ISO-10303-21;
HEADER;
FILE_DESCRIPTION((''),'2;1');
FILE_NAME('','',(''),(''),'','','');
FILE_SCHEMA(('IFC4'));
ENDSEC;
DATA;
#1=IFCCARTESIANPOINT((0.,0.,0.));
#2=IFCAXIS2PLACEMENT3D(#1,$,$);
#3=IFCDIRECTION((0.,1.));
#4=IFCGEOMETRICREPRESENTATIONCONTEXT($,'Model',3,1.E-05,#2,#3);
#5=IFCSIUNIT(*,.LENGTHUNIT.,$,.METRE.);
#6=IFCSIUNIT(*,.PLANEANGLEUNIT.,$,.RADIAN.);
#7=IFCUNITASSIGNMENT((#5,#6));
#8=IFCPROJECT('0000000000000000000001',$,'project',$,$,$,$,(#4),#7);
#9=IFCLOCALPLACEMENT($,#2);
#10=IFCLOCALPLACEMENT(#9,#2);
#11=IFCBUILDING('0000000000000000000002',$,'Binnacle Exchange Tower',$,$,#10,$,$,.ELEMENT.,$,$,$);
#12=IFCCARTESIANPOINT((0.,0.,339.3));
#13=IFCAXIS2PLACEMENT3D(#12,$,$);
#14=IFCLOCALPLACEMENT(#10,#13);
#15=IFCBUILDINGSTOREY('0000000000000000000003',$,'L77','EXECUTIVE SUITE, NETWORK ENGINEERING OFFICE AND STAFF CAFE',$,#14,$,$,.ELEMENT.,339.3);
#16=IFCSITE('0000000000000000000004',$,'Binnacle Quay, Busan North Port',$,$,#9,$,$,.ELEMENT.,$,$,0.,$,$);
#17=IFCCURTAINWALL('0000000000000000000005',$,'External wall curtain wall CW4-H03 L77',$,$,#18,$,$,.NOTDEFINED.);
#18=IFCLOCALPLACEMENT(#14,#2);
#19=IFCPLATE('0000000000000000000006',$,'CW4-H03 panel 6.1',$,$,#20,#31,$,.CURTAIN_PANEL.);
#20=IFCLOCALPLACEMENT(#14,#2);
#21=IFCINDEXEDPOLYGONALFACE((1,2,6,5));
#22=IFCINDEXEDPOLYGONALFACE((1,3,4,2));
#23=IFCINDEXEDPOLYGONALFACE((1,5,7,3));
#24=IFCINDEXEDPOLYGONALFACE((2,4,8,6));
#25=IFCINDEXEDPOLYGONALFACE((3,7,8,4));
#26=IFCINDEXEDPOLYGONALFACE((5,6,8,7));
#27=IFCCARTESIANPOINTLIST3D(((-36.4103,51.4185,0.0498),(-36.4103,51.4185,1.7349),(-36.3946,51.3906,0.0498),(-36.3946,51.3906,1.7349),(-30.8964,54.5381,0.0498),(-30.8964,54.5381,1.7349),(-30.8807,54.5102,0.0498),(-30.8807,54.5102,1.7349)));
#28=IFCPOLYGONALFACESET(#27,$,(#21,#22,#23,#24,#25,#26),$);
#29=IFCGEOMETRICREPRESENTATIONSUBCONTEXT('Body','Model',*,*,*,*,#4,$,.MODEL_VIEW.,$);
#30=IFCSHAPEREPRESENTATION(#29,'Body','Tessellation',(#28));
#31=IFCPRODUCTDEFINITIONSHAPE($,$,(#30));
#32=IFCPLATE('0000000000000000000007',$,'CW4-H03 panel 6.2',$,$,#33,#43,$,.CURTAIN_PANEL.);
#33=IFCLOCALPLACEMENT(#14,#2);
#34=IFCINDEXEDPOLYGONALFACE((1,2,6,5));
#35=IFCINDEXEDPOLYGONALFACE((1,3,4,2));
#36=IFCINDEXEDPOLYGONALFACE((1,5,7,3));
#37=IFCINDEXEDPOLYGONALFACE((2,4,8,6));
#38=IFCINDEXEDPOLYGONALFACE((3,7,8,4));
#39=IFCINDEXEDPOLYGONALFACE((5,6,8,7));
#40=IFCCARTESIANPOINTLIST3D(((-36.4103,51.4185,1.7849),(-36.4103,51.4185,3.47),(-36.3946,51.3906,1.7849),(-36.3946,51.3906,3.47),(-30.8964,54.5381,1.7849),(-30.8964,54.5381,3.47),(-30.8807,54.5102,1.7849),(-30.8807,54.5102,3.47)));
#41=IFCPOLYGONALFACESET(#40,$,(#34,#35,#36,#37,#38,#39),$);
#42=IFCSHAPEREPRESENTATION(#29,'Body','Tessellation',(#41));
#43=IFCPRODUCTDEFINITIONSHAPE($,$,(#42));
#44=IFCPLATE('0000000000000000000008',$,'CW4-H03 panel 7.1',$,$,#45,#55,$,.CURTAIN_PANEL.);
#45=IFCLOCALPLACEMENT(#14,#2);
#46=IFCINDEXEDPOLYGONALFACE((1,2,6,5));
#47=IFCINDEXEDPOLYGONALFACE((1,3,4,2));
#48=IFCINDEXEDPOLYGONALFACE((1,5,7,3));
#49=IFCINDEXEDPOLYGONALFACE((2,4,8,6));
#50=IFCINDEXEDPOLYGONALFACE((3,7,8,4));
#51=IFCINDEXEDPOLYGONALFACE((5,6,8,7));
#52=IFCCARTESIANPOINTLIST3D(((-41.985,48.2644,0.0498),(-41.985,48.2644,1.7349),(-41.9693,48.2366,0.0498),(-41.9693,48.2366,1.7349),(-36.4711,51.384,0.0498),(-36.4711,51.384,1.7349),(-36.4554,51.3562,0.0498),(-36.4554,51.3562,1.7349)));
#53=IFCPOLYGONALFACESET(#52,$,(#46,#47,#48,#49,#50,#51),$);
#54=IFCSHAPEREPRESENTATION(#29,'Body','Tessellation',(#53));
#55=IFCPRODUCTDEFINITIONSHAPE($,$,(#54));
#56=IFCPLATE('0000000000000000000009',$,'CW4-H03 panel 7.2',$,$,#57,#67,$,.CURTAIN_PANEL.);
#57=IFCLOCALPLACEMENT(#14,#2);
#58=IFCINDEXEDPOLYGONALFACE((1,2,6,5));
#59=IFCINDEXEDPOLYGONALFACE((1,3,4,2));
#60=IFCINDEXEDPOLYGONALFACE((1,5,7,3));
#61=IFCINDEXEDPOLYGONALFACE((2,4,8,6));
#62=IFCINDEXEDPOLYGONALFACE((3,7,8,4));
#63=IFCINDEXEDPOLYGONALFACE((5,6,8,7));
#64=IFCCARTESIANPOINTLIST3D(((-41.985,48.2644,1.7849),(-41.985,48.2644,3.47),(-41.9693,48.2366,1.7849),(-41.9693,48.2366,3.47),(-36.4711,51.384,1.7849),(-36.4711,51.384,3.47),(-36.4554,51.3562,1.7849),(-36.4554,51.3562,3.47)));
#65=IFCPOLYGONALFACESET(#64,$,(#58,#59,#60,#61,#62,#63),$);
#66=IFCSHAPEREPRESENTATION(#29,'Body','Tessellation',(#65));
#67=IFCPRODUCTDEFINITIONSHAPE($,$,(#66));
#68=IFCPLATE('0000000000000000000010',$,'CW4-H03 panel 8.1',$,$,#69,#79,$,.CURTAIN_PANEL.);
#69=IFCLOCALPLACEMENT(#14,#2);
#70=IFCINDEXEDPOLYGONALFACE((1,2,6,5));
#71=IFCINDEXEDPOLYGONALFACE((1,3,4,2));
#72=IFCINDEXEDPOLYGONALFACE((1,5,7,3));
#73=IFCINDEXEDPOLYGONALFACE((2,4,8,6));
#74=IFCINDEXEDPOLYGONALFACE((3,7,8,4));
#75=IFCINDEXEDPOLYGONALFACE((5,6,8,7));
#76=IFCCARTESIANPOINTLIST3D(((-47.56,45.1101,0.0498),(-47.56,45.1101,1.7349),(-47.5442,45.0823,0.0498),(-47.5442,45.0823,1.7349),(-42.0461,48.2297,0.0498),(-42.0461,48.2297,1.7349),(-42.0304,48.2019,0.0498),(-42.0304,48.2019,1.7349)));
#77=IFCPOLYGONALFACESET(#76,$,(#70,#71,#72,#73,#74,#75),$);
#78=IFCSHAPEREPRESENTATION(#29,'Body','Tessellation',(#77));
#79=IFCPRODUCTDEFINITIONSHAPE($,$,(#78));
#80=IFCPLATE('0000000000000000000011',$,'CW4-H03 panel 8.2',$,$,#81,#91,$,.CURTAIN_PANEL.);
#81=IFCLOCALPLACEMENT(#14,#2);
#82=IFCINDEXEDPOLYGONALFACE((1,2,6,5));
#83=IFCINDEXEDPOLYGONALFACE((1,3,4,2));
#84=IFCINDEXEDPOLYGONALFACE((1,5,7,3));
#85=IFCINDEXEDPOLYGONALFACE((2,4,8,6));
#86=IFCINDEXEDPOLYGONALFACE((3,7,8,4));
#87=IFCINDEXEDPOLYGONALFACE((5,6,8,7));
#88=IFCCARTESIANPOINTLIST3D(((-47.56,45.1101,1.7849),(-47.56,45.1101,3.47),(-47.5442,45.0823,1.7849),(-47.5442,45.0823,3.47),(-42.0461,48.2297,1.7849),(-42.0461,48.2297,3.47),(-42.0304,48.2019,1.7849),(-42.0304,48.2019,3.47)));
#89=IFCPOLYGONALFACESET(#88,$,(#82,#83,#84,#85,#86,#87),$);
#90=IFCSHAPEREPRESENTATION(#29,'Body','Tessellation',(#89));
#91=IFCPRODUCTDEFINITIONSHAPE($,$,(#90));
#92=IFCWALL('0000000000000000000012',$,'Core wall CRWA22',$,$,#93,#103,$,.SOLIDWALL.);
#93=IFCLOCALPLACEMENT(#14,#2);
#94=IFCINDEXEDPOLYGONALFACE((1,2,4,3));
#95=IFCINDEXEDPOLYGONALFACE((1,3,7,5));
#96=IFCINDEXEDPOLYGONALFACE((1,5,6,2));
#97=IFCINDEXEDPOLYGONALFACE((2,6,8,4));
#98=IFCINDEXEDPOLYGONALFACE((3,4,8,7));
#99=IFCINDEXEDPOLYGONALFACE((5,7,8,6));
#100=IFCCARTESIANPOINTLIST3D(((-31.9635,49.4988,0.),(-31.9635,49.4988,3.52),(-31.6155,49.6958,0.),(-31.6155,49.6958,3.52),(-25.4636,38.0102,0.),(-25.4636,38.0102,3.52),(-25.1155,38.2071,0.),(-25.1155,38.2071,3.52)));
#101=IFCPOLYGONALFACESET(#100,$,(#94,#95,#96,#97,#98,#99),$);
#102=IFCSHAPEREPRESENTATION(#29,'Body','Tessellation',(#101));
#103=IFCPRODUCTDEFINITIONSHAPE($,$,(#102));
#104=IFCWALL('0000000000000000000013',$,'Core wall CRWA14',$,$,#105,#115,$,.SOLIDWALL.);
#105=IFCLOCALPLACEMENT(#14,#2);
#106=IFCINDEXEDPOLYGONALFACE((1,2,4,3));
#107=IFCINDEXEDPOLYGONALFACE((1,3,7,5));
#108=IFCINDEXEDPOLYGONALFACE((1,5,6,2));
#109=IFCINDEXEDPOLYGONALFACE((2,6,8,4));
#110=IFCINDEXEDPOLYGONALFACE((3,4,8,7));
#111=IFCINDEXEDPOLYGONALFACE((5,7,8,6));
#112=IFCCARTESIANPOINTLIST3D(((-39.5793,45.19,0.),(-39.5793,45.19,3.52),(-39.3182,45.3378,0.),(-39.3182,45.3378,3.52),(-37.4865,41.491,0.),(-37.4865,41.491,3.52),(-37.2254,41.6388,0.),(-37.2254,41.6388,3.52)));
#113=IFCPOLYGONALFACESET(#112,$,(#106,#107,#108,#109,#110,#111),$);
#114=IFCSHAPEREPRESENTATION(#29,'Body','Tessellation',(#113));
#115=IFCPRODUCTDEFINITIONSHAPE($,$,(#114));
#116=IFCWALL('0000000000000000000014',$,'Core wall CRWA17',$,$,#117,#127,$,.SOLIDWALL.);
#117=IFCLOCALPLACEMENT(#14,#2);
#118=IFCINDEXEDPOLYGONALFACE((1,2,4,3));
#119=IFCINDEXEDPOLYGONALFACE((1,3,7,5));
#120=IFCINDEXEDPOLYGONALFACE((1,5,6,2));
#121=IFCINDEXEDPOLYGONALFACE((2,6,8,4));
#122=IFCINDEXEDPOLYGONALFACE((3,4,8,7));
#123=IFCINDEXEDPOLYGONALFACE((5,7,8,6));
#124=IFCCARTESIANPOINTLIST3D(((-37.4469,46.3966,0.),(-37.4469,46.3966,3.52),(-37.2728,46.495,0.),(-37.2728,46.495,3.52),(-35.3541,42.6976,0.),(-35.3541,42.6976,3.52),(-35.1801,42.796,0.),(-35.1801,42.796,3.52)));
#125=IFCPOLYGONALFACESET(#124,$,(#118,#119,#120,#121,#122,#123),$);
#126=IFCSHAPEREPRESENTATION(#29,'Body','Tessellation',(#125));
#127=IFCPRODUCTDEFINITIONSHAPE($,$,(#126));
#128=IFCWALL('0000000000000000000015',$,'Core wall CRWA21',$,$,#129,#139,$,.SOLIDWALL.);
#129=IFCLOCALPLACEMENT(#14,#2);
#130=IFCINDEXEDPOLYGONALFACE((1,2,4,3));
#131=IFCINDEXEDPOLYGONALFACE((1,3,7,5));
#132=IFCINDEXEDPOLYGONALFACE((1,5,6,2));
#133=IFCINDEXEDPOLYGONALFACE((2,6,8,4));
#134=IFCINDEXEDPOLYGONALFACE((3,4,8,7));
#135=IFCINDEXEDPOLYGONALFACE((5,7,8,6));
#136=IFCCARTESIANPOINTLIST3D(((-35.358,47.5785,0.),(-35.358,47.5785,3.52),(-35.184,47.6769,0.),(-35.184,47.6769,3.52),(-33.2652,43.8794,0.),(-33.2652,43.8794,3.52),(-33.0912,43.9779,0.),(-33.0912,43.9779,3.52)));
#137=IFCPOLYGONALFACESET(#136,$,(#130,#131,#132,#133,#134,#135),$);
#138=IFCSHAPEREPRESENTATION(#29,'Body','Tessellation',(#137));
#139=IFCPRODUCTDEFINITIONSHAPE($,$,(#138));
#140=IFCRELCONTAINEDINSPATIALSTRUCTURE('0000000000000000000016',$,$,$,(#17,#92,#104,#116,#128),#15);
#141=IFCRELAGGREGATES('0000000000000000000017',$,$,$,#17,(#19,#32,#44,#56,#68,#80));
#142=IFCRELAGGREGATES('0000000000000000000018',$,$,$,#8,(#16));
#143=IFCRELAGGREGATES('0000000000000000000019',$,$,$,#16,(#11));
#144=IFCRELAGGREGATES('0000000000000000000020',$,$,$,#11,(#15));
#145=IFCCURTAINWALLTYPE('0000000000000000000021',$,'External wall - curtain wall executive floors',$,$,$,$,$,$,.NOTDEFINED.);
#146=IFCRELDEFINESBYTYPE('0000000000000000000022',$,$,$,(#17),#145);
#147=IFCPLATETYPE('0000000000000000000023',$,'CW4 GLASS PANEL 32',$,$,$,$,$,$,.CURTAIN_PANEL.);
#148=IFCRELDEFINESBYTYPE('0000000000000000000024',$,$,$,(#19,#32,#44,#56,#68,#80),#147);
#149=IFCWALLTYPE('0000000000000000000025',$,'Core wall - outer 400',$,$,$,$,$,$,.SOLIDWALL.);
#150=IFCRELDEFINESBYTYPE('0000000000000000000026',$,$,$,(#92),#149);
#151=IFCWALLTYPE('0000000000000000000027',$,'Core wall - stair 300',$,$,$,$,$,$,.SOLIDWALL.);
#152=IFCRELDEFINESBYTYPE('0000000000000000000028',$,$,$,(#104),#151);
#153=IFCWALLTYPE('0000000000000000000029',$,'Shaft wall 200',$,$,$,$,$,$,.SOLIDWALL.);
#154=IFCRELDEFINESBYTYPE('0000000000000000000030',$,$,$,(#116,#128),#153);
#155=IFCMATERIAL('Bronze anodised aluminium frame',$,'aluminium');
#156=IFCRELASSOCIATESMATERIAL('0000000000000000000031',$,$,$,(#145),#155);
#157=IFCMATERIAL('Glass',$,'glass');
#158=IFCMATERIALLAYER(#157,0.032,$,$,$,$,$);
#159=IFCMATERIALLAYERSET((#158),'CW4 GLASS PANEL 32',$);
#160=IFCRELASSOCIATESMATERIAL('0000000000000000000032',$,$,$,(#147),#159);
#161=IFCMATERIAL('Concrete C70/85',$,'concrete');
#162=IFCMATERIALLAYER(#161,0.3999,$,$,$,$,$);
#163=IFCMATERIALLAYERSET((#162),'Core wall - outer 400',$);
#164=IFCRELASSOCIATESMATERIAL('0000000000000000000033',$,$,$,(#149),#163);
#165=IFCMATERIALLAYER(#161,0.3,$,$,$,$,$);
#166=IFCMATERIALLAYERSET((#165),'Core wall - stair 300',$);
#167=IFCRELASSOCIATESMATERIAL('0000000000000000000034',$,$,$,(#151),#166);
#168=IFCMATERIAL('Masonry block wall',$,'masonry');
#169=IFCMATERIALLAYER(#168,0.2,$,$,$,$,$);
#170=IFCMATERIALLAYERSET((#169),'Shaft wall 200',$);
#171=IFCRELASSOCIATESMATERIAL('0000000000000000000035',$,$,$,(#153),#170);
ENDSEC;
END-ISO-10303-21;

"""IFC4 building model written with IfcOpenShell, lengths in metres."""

from ifc_helpers import new_model, si_unit, direction, frame, frame_2d, origin, origin_2d, place, context, subcontext, project, spatial, rectangle, extrude, material, layer, layer_set, type_object, element, aggregate, save


model = new_model("IFC4")

# Units and contexts
model_context = context("Model", 3, precision=1e-05, world=origin(), true_north=direction((0.0, 1.0)))
body_context = subcontext(model_context, "Body", "Model", "MODEL_VIEW")
ifc_project = project(units=[si_unit("LENGTHUNIT", "METRE"), si_unit("PLANEANGLEUNIT", "RADIAN")], contexts=[model_context])

# Site, building, storey
site_placement = place(None, origin())
site = spatial("IfcSite", under=ifc_project, at=site_placement, Name="Binnacle Quay, Busan North Port", CompositionType="ELEMENT", RefElevation=0.0)
building_placement = place(site_placement, origin())
building = spatial("IfcBuilding", under=site, at=building_placement, Name="Binnacle Exchange Tower", CompositionType="ELEMENT")
storey_placement = place(building_placement, frame((0.0, 0.0, 339.3)))
storey = spatial("IfcBuildingStorey", under=building, at=storey_placement, Name="L77", Description="EXECUTIVE SUITE, NETWORK ENGINEERING OFFICE AND STAFF CAFE", CompositionType="ELEMENT", Elevation=339.3)

# Curtain wall
ifc_material_1 = material(Name="Bronze anodised aluminium frame", Category="aluminium")
curtain_wall_type = type_object("IfcCurtainWallType", Name="External wall - curtain wall executive floors", PredefinedType="NOTDEFINED", material=ifc_material_1)
curtain_wall_placement = place(storey_placement, origin())
curtain_wall = element("IfcCurtainWall", 1, at=curtain_wall_placement, inside=storey, type_object=curtain_wall_type, Name="External wall curtain wall CW4-H03 L77", PredefinedType="NOTDEFINED")

# Plates
ifc_material_2 = material(Name="Glass", Category="glass")
ifc_layer_1 = layer(ifc_material_2, 0.032)
ifc_layer_set_1 = layer_set([ifc_layer_1], Name="CW4 GLASS PANEL 32")
plate_type = type_object("IfcPlateType", Name="CW4 GLASS PANEL 32", PredefinedType="CURTAIN_PANEL", material=ifc_layer_set_1)
plate_1_placement = place(storey_placement, frame((-33.6455, 52.9644, 0.0498), z_axis=(0.0, 0.0, 1.0), x_axis=(-0.870356, -0.492424, 0.0)))
plate_1 = element("IfcPlate", 2, at=plate_1_placement, type_object=plate_type, Name="CW4-H03 panel 6.1", PredefinedType="CURTAIN_PANEL", context=body_context, shape_type="SweptSolid", body=[
    extrude(rectangle(XDim=6.3352, YDim=0.032, at=origin_2d()), origin(), (0.0, 0.0, 1.0), 1.6851),
])
plate_2_placement = place(storey_placement, frame((-33.6455, 52.9644, 1.7849), z_axis=(0.0, 0.0, 1.0), x_axis=(-0.870356, -0.492424, 0.0)))
plate_2 = element("IfcPlate", 3, at=plate_2_placement, type_object=plate_type, Name="CW4-H03 panel 6.2", PredefinedType="CURTAIN_PANEL", context=body_context, shape_type="SweptSolid", body=[
    extrude(rectangle(XDim=6.3352, YDim=0.032, at=origin_2d()), origin(), (0.0, 0.0, 1.0), 1.6851),
])
plate_3_placement = place(storey_placement, frame((-39.2202, 49.8103, 0.0498), z_axis=(0.0, 0.0, 1.0), x_axis=(-0.870356, -0.492424, 0.0)))
plate_3 = element("IfcPlate", 4, at=plate_3_placement, type_object=plate_type, Name="CW4-H03 panel 7.1", PredefinedType="CURTAIN_PANEL", context=body_context, shape_type="SweptSolid", body=[
    extrude(rectangle(XDim=6.3352, YDim=0.032, at=origin_2d()), origin(), (0.0, 0.0, 1.0), 1.6851),
])
plate_4_placement = place(storey_placement, frame((-39.2202, 49.8103, 1.7849), z_axis=(0.0, 0.0, 1.0), x_axis=(-0.870356, -0.492424, 0.0)))
plate_4 = element("IfcPlate", 5, at=plate_4_placement, type_object=plate_type, Name="CW4-H03 panel 7.2", PredefinedType="CURTAIN_PANEL", context=body_context, shape_type="SweptSolid", body=[
    extrude(rectangle(XDim=6.3352, YDim=0.032, at=origin_2d()), origin(), (0.0, 0.0, 1.0), 1.6851),
])
plate_5_placement = place(storey_placement, frame((-44.7952, 46.656, 0.0498), z_axis=(0.0, 0.0, 1.0), x_axis=(-0.870356, -0.492424, 0.0)))
plate_5 = element("IfcPlate", 6, at=plate_5_placement, type_object=plate_type, Name="CW4-H03 panel 8.1", PredefinedType="CURTAIN_PANEL", context=body_context, shape_type="SweptSolid", body=[
    extrude(rectangle(XDim=6.3352, YDim=0.032, at=origin_2d()), origin(), (0.0, 0.0, 1.0), 1.6851),
])
plate_6_placement = place(storey_placement, frame((-44.7952, 46.656, 1.7849), z_axis=(0.0, 0.0, 1.0), x_axis=(-0.870356, -0.492424, 0.0)))
plate_6 = element("IfcPlate", 7, at=plate_6_placement, type_object=plate_type, Name="CW4-H03 panel 8.2", PredefinedType="CURTAIN_PANEL", context=body_context, shape_type="SweptSolid", body=[
    extrude(rectangle(XDim=6.3352, YDim=0.032, at=origin_2d()), origin(), (0.0, 0.0, 1.0), 1.6851),
])
aggregate(curtain_wall, [plate_1, plate_2, plate_3, plate_4, plate_5, plate_6])

# Walls
ifc_material_3 = material(Name="Concrete C70/85", Category="concrete")
ifc_layer_2 = layer(ifc_material_3, 0.3999)
ifc_layer_set_2 = layer_set([ifc_layer_2], Name="Core wall - outer 400")
wall_type_1 = type_object("IfcWallType", Name="Core wall - outer 400", PredefinedType="SOLIDWALL", material=ifc_layer_set_2)
wall_1_placement = place(storey_placement, frame((-31.7896, 49.5974, 0.0), z_axis=(0.0, 0.0, 1.0), x_axis=(0.492422, -0.870357, 0.0)))
element("IfcWall", 8, at=wall_1_placement, inside=storey, type_object=wall_type_1, Name="Core wall CRWA22", PredefinedType="SOLIDWALL", context=body_context, shape_type="SweptSolid", body=[
    extrude(rectangle(XDim=13.2, YDim=0.3999, at=frame_2d((6.6001, 0.0))), origin(), (0.0, 0.0, 1.0), 3.52),
])
ifc_layer_3 = layer(ifc_material_3, 0.3)
ifc_layer_set_3 = layer_set([ifc_layer_3], Name="Core wall - stair 300")
wall_type_2 = type_object("IfcWallType", Name="Core wall - stair 300", PredefinedType="SOLIDWALL", material=ifc_layer_set_3)
wall_2_placement = place(storey_placement, frame((-39.4487, 45.2639, 0.0), z_axis=(0.0, 0.0, 1.0), x_axis=(0.492423, -0.870356, 0.0)))
element("IfcWall", 9, at=wall_2_placement, inside=storey, type_object=wall_type_2, Name="Core wall CRWA14", PredefinedType="SOLIDWALL", context=body_context, shape_type="SweptSolid", body=[
    extrude(rectangle(XDim=4.25, YDim=0.3, at=frame_2d((2.125, 0.0))), origin(), (0.0, 0.0, 1.0), 3.52),
])
ifc_material_4 = material(Name="Masonry block wall", Category="masonry")
ifc_layer_4 = layer(ifc_material_4, 0.2)
ifc_layer_set_4 = layer_set([ifc_layer_4], Name="Shaft wall 200")
wall_type_3 = type_object("IfcWallType", Name="Shaft wall 200", PredefinedType="SOLIDWALL", material=ifc_layer_set_4)
for number, where, z_axis, x_axis, name in (
    (10, (-37.3599, 46.4458, 0.0), (0.0, 0.0, 1.0), (0.492423, -0.870356, 0.0), "Core wall CRWA17"),
    (11, (-35.271, 47.6277, 0.0), (0.0, 0.0, 1.0), (0.492423, -0.870356, 0.0), "Core wall CRWA21"),
):
    element("IfcWall", number, at=place(storey_placement, frame(where, z_axis=z_axis, x_axis=x_axis)), inside=storey, type_object=wall_type_3, Name=name, PredefinedType="SOLIDWALL", context=body_context, shape_type="SweptSolid", body=[
        extrude(rectangle(XDim=4.25, YDim=0.2, at=frame_2d((2.125, 0.0))), origin(), (0.0, 0.0, 1.0), 3.52),
    ])

save(model, "model.ifc")
